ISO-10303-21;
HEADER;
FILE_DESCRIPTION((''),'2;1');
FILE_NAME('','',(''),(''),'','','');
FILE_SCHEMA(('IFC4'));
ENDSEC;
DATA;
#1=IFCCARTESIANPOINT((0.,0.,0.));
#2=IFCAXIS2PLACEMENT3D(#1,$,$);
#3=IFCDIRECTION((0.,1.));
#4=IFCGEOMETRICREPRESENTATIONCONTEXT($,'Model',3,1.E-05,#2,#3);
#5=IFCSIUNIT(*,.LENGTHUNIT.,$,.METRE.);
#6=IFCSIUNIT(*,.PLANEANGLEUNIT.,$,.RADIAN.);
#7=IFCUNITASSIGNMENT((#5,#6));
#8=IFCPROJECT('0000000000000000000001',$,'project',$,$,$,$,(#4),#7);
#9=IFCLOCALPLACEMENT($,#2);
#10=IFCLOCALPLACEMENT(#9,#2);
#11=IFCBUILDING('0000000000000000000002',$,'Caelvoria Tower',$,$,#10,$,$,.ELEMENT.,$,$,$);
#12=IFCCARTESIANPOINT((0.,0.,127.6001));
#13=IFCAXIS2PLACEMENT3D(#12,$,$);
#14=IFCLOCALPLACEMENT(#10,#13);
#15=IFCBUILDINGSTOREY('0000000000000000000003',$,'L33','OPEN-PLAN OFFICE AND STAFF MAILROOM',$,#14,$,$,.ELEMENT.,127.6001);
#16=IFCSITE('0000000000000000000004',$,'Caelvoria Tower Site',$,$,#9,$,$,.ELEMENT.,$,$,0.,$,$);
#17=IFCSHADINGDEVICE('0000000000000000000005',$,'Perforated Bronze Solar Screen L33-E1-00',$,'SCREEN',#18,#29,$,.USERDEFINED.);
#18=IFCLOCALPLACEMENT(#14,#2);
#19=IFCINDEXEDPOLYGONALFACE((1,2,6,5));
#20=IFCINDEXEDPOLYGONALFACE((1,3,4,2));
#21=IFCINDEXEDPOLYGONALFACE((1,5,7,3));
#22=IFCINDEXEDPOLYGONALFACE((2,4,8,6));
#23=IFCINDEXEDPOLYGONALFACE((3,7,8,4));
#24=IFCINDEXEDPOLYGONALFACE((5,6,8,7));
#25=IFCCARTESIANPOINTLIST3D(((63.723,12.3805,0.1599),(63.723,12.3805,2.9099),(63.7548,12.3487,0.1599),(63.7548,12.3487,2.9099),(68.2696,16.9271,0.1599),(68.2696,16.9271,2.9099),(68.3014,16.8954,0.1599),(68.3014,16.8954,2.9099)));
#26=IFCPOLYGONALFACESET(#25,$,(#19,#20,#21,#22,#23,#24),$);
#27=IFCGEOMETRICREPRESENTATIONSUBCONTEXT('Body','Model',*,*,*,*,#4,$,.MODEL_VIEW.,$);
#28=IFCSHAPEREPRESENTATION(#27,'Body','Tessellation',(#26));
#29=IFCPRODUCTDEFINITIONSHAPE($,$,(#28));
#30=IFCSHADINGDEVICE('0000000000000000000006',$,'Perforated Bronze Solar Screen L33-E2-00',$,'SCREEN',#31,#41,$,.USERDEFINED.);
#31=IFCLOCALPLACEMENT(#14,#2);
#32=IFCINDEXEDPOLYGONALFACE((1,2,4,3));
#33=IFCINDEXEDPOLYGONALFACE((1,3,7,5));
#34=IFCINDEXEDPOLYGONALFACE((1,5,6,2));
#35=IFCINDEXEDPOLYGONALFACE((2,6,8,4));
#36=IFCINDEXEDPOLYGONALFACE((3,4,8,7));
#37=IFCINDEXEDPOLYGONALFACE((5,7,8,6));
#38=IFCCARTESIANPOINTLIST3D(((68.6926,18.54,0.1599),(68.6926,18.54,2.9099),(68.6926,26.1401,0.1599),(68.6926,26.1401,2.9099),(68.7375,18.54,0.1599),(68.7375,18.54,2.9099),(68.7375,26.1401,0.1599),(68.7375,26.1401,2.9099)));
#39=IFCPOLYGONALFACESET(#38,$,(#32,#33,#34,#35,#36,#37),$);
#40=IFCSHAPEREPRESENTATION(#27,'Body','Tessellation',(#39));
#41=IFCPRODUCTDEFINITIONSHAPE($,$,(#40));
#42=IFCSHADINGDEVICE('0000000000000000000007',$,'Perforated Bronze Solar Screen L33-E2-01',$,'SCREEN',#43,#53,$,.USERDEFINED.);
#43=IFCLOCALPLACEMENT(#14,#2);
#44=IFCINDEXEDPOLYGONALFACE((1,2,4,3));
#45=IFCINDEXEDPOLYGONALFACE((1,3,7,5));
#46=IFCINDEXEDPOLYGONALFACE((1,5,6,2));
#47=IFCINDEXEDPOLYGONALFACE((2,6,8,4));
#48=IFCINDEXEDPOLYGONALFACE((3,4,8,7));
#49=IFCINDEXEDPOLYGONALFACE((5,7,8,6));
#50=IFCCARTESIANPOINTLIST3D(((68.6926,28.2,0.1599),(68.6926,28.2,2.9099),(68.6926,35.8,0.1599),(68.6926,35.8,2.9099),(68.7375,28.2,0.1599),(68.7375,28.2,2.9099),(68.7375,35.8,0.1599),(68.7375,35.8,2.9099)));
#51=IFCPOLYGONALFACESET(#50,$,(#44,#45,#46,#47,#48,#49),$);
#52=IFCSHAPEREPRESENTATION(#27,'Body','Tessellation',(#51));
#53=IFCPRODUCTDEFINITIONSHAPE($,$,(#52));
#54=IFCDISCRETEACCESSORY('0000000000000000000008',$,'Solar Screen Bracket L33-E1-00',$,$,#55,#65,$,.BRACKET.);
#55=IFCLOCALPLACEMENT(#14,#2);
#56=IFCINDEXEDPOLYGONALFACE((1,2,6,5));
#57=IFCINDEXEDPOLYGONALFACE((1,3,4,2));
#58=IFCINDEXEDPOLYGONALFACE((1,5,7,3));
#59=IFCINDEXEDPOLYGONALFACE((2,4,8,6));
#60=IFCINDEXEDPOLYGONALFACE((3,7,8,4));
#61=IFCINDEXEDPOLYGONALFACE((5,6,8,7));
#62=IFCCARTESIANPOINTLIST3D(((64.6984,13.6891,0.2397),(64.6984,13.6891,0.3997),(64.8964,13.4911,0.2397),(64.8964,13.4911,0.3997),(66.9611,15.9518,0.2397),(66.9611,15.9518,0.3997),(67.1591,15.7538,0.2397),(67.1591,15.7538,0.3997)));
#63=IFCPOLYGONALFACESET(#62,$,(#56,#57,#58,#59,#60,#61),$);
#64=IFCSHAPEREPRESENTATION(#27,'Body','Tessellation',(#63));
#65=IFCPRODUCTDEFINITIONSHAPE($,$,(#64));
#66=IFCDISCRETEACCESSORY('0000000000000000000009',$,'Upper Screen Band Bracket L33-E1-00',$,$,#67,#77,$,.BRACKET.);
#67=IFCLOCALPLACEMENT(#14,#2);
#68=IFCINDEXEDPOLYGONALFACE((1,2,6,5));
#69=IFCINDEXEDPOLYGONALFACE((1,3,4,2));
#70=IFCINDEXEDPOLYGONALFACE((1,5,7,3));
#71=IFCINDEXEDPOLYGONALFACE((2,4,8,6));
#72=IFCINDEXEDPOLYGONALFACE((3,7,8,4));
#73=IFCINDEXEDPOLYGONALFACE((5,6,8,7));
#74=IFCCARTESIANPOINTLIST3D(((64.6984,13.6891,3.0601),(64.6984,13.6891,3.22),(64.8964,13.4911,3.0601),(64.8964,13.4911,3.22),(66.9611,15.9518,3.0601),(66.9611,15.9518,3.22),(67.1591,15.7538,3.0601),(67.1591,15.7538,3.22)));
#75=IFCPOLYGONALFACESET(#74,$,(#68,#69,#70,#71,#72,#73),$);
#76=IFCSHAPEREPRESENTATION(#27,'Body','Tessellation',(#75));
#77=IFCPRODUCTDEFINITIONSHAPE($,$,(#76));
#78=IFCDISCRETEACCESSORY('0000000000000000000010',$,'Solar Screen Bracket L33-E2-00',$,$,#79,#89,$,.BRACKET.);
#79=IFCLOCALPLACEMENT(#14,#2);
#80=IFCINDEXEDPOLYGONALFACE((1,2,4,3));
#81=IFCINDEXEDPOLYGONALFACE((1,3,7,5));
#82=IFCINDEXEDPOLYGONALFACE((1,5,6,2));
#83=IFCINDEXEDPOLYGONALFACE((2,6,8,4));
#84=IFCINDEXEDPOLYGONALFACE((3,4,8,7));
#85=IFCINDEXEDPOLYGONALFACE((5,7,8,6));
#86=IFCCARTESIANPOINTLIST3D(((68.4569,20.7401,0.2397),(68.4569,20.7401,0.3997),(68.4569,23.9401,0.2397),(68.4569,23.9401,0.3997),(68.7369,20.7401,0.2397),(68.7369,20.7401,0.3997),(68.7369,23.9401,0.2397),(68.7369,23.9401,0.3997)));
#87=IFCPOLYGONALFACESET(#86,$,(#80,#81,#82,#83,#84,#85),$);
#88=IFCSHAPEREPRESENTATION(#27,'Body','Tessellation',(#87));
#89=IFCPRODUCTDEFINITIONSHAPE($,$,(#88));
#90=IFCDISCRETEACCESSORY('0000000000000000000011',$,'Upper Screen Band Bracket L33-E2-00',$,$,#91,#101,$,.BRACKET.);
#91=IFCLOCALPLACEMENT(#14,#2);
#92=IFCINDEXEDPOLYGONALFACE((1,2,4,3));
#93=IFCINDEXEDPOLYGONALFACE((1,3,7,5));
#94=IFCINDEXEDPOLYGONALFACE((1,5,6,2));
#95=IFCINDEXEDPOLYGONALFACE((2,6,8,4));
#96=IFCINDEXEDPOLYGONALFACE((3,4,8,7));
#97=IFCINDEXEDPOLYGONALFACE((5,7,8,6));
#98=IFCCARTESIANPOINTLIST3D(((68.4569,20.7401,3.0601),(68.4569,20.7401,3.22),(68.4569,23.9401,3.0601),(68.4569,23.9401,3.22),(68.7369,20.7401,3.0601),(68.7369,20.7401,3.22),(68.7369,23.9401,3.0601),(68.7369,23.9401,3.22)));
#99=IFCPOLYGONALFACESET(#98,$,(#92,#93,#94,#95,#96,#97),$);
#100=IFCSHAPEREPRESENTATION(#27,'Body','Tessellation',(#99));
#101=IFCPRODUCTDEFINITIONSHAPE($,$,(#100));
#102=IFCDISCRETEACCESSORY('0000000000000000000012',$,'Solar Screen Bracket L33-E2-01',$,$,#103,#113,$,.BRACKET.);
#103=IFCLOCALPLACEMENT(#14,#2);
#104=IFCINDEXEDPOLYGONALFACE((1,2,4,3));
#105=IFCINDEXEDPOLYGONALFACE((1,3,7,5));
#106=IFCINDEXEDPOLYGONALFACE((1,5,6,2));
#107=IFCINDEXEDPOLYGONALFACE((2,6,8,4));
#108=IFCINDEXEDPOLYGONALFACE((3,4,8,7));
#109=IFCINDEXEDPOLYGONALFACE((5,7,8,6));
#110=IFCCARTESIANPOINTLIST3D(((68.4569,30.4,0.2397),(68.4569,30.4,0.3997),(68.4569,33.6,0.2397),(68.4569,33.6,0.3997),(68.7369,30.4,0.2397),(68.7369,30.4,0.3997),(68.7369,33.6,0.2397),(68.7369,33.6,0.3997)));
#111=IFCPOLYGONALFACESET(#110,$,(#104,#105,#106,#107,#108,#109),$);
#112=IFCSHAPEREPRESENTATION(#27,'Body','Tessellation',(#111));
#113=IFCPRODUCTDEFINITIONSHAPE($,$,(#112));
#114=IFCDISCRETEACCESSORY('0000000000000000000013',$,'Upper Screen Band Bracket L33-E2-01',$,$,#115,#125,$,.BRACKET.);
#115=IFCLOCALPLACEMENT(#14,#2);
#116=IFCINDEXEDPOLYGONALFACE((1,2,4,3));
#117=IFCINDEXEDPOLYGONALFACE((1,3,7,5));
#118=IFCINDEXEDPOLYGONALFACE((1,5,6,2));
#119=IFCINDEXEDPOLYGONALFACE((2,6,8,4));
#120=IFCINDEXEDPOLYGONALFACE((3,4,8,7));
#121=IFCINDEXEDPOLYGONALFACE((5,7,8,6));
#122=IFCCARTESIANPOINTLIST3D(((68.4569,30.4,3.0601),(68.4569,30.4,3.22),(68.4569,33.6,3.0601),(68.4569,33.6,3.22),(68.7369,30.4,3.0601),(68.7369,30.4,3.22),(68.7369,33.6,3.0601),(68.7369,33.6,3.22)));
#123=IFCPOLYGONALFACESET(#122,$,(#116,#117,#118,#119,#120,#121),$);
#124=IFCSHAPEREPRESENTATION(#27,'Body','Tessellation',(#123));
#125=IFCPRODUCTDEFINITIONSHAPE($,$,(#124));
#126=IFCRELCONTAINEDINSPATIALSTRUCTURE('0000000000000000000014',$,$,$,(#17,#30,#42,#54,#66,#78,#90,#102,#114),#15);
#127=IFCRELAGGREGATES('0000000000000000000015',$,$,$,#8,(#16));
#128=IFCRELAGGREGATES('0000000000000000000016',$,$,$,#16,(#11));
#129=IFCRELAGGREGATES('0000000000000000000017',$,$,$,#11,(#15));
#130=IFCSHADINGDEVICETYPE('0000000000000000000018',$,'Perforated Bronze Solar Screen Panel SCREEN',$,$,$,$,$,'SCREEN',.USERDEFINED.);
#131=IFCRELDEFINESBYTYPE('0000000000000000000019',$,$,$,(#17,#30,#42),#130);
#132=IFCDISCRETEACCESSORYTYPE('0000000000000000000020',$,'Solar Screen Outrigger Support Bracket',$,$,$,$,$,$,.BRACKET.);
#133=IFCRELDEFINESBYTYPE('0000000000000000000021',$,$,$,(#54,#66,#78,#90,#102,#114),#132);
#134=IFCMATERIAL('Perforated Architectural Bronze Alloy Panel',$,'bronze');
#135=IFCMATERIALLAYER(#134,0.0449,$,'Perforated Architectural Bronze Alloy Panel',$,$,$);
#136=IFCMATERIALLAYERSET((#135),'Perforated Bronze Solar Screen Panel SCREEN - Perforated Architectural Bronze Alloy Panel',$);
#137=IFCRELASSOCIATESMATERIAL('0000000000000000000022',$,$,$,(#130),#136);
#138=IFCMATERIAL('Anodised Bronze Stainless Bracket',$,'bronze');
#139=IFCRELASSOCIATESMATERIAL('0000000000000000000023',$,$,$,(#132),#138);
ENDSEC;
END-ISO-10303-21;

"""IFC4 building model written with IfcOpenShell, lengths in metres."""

from ifc_helpers import new_model, si_unit, direction, frame, origin, origin_2d, place, context, subcontext, project, spatial, rectangle, extrude, material, layer, layer_set, type_object, element, save


model = new_model("IFC4")

# Units and contexts
model_context = context("Model", 3, precision=1e-05, world=origin(), true_north=direction((0.0, 1.0)))
body_context = subcontext(model_context, "Body", "Model", "MODEL_VIEW")
ifc_project = project(units=[si_unit("LENGTHUNIT", "METRE"), si_unit("PLANEANGLEUNIT", "RADIAN")], contexts=[model_context])

# Site, building, storey
site_placement = place(None, origin())
site = spatial("IfcSite", under=ifc_project, at=site_placement, Name="Caelvoria Tower Site", CompositionType="ELEMENT", RefElevation=0.0)
building_placement = place(site_placement, origin())
building = spatial("IfcBuilding", under=site, at=building_placement, Name="Caelvoria Tower", CompositionType="ELEMENT")
storey_placement = place(building_placement, frame((0.0, 0.0, 127.6001)))
storey = spatial("IfcBuildingStorey", under=building, at=storey_placement, Name="L33", Description="OPEN-PLAN OFFICE AND STAFF MAILROOM", CompositionType="ELEMENT", Elevation=127.6001)

# Shading devices
ifc_material_1 = material(Name="Perforated Architectural Bronze Alloy Panel", Category="bronze")
ifc_layer_1 = layer(ifc_material_1, 0.0449, Name="Perforated Architectural Bronze Alloy Panel")
ifc_layer_set_1 = layer_set([ifc_layer_1], Name="Perforated Bronze Solar Screen Panel SCREEN - Perforated Architectural Bronze Alloy Panel")
shading_device_type = type_object("IfcShadingDeviceType", Name="Perforated Bronze Solar Screen Panel SCREEN", ElementType="SCREEN", PredefinedType="USERDEFINED", material=ifc_layer_set_1)
shading_device_placement = place(storey_placement, frame((66.0122, 14.6379, 0.1599), z_axis=(0.0, 0.0, 1.0), x_axis=(0.707107, 0.707107, 0.0)))
element("IfcShadingDevice", 1, at=shading_device_placement, inside=storey, type_object=shading_device_type, Name="Perforated Bronze Solar Screen L33-E1-00", ObjectType="SCREEN", PredefinedType="USERDEFINED", context=body_context, shape_type="SweptSolid", body=[
    extrude(rectangle(XDim=6.4299, YDim=0.0449, at=origin_2d()), origin(), (0.0, 0.0, 1.0), 2.75),
])
for number, where, z_axis, x_axis, name in (
    (2, (68.7151, 22.3401, 0.1599), (0.0, 0.0, 1.0), (0.0, 1.0, 0.0), "Perforated Bronze Solar Screen L33-E2-00"),
    (3, (68.7151, 32.0, 0.1599), (0.0, 0.0, 1.0), (0.0, 1.0, 0.0), "Perforated Bronze Solar Screen L33-E2-01"),
):
    element("IfcShadingDevice", number, at=place(storey_placement, frame(where, z_axis=z_axis, x_axis=x_axis)), inside=storey, type_object=shading_device_type, Name=name, ObjectType="SCREEN", PredefinedType="USERDEFINED", context=body_context, shape_type="SweptSolid", body=[
        extrude(rectangle(XDim=7.6001, YDim=0.0449, at=origin_2d()), origin(), (0.0, 0.0, 1.0), 2.75),
    ])

# Discrete accessories
ifc_material_2 = material(Name="Anodised Bronze Stainless Bracket", Category="bronze")
discrete_accessory_type = type_object("IfcDiscreteAccessoryType", Name="Solar Screen Outrigger Support Bracket", PredefinedType="BRACKET", material=ifc_material_2)
for number, where, z_axis, x_axis, name in (
    (4, (65.9287, 14.7214, 0.2397), (0.0, 0.0, 1.0), (0.707107, 0.707107, 0.0), "Solar Screen Bracket L33-E1-00"),
    (5, (65.9287, 14.7214, 3.0601), (0.0, 0.0, 1.0), (0.707107, 0.707107, 0.0), "Upper Screen Band Bracket L33-E1-00"),
    (6, (68.5969, 22.3401, 0.2397), (0.0, 0.0, 1.0), (0.0, 1.0, 0.0), "Solar Screen Bracket L33-E2-00"),
    (7, (68.5969, 22.3401, 3.0601), (0.0, 0.0, 1.0), (0.0, 1.0, 0.0), "Upper Screen Band Bracket L33-E2-00"),
    (8, (68.5969, 32.0, 0.2397), (0.0, 0.0, 1.0), (0.0, 1.0, 0.0), "Solar Screen Bracket L33-E2-01"),
    (9, (68.5969, 32.0, 3.0601), (0.0, 0.0, 1.0), (0.0, 1.0, 0.0), "Upper Screen Band Bracket L33-E2-01"),
):
    element("IfcDiscreteAccessory", number, at=place(storey_placement, frame(where, z_axis=z_axis, x_axis=x_axis)), inside=storey, type_object=discrete_accessory_type, Name=name, PredefinedType="BRACKET", context=body_context, shape_type="SweptSolid", body=[
        extrude(rectangle(XDim=3.2, YDim=0.28, at=origin_2d()), origin(), (0.0, 0.0, 1.0), 0.1599),
    ])

save(model, "model.ifc")
